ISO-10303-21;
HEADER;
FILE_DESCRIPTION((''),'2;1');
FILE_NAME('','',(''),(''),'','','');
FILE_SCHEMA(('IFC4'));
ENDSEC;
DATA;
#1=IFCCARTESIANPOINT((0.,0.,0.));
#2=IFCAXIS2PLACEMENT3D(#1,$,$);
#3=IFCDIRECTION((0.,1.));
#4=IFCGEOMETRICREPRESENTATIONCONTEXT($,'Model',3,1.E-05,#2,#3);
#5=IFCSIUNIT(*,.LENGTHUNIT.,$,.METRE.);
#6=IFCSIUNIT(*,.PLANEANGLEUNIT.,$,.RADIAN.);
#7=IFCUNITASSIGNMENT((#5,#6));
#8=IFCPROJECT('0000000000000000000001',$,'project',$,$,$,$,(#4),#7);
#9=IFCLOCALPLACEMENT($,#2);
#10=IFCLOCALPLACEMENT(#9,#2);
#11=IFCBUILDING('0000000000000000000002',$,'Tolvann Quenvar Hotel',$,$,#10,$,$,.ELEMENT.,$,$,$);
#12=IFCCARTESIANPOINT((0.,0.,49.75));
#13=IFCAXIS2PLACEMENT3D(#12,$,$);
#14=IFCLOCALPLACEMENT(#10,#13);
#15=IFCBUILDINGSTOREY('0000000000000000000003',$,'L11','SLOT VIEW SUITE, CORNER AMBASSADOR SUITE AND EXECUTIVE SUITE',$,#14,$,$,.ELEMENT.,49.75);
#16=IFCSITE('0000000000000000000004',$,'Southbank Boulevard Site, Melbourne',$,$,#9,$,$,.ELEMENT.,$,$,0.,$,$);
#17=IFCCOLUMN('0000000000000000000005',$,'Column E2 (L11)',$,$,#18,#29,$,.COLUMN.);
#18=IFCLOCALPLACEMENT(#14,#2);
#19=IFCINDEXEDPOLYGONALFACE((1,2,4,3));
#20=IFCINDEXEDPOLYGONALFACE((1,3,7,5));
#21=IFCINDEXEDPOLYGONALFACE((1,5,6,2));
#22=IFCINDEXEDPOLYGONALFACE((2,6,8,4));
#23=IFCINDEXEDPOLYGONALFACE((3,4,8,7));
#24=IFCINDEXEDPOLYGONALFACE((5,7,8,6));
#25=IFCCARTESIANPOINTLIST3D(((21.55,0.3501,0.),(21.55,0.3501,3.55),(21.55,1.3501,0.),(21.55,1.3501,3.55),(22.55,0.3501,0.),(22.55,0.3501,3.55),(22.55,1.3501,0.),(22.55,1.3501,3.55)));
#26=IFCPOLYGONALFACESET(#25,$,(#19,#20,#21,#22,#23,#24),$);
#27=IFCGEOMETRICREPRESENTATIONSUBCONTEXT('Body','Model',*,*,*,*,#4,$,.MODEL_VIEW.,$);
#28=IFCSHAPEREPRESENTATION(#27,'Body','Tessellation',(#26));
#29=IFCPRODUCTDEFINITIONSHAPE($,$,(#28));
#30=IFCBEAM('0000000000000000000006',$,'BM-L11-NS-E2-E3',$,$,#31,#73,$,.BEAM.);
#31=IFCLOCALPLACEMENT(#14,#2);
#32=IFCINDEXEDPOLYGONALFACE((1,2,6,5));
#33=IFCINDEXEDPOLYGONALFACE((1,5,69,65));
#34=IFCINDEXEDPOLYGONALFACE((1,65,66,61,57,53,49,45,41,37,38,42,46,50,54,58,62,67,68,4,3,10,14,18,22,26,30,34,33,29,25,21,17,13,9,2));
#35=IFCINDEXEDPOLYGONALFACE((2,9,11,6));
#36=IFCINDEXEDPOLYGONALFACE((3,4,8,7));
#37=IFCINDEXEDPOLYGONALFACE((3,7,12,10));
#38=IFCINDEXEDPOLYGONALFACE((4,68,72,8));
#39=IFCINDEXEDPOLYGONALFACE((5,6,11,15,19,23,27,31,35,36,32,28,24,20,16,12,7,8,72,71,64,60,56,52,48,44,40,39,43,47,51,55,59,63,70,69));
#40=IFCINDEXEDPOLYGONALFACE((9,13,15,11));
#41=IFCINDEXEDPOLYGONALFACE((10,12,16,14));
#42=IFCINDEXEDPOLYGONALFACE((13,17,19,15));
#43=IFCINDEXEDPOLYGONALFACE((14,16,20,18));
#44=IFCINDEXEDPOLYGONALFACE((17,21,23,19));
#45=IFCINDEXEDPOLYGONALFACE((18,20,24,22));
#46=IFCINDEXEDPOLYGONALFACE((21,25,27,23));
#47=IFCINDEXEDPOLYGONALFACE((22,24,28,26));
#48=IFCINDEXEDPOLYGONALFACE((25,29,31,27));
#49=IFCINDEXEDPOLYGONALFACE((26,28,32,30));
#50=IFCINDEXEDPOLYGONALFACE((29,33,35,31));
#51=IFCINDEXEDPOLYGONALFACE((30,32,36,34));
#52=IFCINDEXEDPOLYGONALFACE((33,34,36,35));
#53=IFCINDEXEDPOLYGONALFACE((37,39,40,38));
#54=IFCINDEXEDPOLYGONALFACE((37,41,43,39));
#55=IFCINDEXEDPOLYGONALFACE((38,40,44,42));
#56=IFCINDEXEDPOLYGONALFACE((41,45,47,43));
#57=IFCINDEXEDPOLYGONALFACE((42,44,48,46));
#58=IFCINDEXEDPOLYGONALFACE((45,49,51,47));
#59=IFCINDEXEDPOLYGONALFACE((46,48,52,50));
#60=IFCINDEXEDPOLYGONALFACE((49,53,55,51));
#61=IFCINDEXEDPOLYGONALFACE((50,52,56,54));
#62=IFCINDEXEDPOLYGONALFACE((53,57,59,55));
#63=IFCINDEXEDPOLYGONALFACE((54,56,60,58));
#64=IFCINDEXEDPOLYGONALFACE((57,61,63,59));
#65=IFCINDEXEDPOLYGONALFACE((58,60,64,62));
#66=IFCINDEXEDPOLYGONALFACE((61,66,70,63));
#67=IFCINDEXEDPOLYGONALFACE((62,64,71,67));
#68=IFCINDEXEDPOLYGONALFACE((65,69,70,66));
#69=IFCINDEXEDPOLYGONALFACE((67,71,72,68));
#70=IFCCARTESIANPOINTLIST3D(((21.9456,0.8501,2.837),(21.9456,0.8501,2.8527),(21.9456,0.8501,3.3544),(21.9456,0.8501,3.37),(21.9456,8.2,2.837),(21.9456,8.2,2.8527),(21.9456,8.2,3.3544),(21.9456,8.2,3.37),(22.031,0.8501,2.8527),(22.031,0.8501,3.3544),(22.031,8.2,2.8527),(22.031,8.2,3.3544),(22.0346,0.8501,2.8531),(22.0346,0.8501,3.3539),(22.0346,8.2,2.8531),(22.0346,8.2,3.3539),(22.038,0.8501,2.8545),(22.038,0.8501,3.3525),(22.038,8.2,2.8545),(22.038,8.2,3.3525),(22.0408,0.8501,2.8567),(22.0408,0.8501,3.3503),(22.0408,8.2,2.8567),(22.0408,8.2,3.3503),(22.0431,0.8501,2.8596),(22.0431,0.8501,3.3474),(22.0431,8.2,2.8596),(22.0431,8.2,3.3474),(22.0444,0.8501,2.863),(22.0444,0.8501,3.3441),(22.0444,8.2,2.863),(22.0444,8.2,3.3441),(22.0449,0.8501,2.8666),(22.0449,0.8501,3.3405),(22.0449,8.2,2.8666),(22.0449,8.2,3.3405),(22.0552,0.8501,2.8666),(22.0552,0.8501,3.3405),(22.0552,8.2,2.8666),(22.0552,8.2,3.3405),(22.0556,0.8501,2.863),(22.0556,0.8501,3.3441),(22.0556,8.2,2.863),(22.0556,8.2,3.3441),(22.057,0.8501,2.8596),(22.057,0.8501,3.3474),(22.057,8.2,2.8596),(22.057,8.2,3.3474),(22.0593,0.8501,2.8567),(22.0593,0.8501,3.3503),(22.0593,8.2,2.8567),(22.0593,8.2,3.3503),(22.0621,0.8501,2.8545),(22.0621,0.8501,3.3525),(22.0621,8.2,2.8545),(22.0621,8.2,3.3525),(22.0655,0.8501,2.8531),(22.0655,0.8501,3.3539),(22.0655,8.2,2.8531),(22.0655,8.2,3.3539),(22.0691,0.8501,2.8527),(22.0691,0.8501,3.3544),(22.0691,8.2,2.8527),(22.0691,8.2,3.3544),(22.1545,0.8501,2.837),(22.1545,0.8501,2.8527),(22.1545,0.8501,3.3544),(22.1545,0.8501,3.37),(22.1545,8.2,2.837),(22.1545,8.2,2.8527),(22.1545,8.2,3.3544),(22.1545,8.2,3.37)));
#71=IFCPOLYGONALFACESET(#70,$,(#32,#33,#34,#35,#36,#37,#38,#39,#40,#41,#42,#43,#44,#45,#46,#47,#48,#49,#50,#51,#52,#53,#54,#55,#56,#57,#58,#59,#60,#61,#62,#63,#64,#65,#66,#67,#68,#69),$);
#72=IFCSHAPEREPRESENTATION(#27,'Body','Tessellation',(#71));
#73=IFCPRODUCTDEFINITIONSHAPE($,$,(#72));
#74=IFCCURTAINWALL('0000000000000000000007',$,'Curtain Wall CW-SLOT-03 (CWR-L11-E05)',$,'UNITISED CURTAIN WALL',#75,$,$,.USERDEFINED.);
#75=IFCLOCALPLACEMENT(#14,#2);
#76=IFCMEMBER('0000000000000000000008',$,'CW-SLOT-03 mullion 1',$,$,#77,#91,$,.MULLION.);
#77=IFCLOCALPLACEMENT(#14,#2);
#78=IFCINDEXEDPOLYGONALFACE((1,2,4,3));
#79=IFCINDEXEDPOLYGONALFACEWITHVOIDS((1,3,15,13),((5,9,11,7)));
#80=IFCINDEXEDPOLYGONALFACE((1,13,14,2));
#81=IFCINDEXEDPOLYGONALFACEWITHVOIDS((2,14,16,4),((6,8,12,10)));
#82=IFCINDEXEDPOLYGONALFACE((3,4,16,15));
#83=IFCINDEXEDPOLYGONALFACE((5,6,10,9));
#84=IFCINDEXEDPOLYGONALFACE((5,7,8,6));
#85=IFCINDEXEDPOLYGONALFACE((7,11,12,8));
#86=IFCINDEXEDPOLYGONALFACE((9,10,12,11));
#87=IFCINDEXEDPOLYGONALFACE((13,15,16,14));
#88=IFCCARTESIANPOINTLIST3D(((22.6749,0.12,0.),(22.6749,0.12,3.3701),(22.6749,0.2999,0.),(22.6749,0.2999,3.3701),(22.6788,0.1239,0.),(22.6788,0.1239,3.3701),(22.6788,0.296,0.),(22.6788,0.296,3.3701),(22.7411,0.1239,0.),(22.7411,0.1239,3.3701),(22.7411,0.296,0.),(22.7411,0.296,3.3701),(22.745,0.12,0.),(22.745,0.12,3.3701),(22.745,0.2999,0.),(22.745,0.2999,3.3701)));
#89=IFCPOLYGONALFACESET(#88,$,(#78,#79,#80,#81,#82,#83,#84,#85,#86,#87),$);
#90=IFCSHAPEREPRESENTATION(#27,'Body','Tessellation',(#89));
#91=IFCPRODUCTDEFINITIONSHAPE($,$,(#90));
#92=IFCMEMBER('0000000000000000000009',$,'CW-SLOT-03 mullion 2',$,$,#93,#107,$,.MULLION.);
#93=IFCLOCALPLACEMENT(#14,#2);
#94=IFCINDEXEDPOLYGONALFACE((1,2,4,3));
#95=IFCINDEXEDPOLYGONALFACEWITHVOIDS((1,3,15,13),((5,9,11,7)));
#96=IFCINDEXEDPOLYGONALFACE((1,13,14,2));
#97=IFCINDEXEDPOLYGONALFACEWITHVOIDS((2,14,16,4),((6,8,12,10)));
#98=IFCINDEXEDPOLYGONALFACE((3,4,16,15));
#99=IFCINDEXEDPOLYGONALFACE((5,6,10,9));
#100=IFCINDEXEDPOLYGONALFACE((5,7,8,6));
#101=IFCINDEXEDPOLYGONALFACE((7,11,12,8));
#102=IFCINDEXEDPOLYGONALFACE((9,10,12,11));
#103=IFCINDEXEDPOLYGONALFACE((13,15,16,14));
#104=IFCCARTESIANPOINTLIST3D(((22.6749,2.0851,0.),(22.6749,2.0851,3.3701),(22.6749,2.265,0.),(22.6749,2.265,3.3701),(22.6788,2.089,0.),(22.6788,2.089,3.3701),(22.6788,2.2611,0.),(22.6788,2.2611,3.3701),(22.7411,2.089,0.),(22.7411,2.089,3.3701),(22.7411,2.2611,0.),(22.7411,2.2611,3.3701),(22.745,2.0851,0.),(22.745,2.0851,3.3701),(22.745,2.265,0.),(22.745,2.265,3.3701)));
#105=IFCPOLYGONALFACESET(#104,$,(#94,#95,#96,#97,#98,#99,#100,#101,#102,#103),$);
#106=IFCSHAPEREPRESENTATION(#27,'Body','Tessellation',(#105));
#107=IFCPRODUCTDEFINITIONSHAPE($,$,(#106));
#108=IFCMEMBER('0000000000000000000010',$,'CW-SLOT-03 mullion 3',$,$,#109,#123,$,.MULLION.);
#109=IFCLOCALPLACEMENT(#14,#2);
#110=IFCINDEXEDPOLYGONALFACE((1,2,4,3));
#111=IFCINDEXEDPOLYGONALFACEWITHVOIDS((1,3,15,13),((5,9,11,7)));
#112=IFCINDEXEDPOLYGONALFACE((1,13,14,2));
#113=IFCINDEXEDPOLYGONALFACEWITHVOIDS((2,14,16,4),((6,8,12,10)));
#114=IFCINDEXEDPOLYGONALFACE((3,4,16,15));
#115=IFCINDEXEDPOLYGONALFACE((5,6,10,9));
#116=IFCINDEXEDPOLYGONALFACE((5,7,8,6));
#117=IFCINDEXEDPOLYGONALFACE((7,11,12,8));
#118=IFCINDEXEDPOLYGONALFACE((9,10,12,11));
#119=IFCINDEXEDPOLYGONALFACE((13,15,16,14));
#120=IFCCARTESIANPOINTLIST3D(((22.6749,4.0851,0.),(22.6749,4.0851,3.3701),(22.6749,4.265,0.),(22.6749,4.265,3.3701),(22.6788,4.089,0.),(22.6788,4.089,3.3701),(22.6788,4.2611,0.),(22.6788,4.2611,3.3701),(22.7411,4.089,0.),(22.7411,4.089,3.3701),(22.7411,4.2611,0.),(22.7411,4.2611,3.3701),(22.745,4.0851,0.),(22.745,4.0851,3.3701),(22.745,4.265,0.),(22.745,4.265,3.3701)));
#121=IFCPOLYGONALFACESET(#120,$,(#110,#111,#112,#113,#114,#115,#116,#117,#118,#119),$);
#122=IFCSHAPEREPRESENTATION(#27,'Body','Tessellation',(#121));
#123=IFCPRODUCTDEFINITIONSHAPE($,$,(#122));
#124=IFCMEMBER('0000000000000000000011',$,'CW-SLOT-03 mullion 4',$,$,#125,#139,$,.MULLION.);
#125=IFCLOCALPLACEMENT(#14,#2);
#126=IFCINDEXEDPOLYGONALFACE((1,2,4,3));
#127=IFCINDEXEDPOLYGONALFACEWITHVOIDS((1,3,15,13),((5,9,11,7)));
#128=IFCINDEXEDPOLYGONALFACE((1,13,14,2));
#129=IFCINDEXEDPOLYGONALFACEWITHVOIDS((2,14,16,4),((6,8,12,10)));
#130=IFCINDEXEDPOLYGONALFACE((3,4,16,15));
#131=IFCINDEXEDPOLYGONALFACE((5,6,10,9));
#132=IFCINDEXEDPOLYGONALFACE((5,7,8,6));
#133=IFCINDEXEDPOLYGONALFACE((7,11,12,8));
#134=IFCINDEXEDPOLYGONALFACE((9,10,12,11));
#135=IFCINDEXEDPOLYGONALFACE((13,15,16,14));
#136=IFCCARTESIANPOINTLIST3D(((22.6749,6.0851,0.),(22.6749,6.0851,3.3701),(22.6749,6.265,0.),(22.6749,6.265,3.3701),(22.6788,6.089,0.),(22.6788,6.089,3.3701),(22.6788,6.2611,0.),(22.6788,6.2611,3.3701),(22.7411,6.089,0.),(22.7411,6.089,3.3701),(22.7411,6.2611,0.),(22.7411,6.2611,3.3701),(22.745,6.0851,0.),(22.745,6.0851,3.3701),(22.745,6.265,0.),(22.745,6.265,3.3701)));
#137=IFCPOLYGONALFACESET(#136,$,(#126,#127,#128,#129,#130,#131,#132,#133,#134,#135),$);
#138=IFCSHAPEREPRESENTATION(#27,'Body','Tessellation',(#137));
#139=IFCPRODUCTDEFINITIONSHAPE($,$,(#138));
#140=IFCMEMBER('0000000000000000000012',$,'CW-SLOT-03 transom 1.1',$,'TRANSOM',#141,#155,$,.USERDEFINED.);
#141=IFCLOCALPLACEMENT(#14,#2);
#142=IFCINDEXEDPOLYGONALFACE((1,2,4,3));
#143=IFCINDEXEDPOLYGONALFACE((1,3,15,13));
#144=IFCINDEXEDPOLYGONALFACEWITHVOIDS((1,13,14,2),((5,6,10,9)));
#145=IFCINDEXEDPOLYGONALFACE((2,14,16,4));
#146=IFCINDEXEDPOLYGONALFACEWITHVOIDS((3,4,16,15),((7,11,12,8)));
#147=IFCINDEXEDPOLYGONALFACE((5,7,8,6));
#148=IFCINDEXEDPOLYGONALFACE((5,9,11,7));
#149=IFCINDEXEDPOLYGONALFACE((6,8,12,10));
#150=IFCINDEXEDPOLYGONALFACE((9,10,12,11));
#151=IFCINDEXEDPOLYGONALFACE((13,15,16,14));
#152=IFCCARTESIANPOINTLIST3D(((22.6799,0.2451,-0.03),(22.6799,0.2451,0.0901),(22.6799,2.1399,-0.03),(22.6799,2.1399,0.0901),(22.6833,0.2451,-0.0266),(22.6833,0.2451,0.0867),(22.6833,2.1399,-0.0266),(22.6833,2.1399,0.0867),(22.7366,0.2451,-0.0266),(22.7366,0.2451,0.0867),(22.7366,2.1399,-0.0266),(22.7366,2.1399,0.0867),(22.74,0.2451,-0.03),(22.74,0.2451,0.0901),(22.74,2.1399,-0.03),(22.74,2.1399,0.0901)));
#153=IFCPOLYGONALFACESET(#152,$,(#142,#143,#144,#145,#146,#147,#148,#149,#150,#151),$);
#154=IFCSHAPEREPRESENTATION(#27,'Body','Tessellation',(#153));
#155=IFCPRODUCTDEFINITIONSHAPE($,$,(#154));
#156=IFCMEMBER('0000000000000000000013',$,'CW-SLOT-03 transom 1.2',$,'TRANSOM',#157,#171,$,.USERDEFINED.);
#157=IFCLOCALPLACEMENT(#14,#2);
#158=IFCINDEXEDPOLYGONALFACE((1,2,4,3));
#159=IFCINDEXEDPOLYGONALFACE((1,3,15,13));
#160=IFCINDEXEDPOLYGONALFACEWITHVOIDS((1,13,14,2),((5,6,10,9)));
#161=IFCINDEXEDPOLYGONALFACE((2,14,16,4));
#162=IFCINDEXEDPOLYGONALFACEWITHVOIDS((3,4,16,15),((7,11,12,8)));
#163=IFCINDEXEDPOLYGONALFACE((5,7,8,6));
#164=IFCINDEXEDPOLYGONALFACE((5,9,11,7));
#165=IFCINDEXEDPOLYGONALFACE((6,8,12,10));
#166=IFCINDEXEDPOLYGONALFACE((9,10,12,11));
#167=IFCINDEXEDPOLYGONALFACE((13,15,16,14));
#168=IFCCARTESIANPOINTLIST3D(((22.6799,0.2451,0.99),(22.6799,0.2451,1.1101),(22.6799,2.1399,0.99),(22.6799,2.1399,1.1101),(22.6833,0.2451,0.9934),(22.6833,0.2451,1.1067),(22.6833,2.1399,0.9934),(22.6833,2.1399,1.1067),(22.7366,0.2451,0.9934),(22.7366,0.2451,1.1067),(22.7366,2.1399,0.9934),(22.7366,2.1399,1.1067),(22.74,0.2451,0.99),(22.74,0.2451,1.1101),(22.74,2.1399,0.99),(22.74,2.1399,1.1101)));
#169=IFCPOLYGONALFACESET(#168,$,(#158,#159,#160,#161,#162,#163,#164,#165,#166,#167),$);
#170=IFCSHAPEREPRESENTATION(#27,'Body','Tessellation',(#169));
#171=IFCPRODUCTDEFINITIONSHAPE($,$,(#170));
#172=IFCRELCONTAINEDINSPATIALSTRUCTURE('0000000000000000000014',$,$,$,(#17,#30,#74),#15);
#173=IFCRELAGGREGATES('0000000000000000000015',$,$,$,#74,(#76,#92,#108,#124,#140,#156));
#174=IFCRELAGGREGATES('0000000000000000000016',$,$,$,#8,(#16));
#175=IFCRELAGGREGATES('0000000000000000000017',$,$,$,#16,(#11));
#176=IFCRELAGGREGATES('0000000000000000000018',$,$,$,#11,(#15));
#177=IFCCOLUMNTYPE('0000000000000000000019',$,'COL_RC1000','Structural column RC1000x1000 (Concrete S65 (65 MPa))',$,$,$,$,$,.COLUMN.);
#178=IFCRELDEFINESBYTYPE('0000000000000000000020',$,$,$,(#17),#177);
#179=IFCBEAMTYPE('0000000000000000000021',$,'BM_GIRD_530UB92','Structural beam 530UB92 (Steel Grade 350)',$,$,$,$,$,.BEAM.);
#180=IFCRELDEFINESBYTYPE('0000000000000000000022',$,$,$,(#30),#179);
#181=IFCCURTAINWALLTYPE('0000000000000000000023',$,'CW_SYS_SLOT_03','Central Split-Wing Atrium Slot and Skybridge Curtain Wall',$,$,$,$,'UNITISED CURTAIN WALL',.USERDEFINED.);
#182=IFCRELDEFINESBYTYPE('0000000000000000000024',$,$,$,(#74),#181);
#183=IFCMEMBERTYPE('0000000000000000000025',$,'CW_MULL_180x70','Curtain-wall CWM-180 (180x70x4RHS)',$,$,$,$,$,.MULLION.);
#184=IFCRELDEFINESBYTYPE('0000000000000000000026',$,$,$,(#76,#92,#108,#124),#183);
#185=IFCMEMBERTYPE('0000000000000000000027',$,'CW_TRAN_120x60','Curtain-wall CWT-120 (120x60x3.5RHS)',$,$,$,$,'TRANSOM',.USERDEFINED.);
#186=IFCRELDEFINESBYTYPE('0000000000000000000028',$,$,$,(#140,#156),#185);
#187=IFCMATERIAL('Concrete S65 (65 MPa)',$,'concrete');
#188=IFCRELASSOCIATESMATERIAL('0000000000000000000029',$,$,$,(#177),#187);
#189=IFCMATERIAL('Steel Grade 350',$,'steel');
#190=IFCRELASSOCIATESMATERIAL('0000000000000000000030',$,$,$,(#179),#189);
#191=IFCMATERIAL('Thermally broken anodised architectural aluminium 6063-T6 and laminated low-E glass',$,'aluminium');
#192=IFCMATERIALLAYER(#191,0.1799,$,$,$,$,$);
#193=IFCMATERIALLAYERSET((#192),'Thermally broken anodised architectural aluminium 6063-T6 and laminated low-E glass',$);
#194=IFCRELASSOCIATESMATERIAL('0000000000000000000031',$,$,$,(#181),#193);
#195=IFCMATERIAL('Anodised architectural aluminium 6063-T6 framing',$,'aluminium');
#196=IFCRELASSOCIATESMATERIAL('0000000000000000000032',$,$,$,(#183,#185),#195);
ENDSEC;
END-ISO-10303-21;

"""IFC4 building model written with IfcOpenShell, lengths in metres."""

from ifc_helpers import new_model, si_unit, direction, frame, origin, origin_2d, place, context, subcontext, project, spatial, rectangle, hollow_rectangle, i_section, extrude, source, transform, mapped, material, layer, layer_set, material_profile, profile_set, type_object, type_shapes, element, aggregate, save


model = new_model("IFC4")

# Units and contexts
model_context = context("Model", 3, precision=1e-05, world=origin(), true_north=direction((0.0, 1.0)))
body_context = subcontext(model_context, "Body", "Model", "MODEL_VIEW")
ifc_project = project(units=[si_unit("LENGTHUNIT", "METRE"), si_unit("PLANEANGLEUNIT", "RADIAN")], contexts=[model_context])

# Site, building, storey
site_placement = place(None, origin())
site = spatial("IfcSite", under=ifc_project, at=site_placement, Name="Southbank Boulevard Site, Melbourne", CompositionType="ELEMENT", RefElevation=0.0)
building_placement = place(site_placement, origin())
building = spatial("IfcBuilding", under=site, at=building_placement, Name="Tolvann Quenvar Hotel", CompositionType="ELEMENT")
storey_placement = place(building_placement, frame((0.0, 0.0, 49.75)))
storey = spatial("IfcBuildingStorey", under=building, at=storey_placement, Name="L11", Description="SLOT VIEW SUITE, CORNER AMBASSADOR SUITE AND EXECUTIVE SUITE", CompositionType="ELEMENT", Elevation=49.75)

# Column
ifc_material_1 = material(Name="Concrete S65 (65 MPa)", Category="concrete")
ifc_material_profile_1 = material_profile(ifc_material_1, rectangle(XDim=1.0, YDim=1.0, at=origin_2d()), Name="RC1000x1000")
ifc_profile_set_1 = profile_set([ifc_material_profile_1], Name="Concrete S65 (65 MPa)")
column_type = type_object("IfcColumnType", Name="COL_RC1000", Description="Structural column RC1000x1000 (Concrete S65 (65 MPa))", PredefinedType="COLUMN", material=ifc_profile_set_1)
shared_shape_1 = source(origin(), body_context, "Body", "SweptSolid", [
    extrude(rectangle(XDim=1.0, YDim=1.0, at=origin_2d()), origin(), (0.0, 0.0, 1.0), 3.55),
])
type_shapes(column_type, [shared_shape_1])
column_placement = place(storey_placement, frame((22.05, 0.8501, 0.0), z_axis=(0.0, 0.0, 1.0), x_axis=(1.0, 0.0, 0.0)))
element("IfcColumn", 1, at=column_placement, inside=storey, type_object=column_type, Name="Column E2 (L11)", PredefinedType="COLUMN", context=body_context, shape_type="MappedRepresentation", body=[
    mapped(shared_shape_1, transform((0.0, 0.0, 0.0), x_axis=(1.0, 0.0, 0.0), y_axis=(0.0, 1.0, 0.0), z_axis=(0.0, 0.0, 1.0), scale=1.0)),
])

# Beam
ifc_material_2 = material(Name="Steel Grade 350", Category="steel")
ifc_material_profile_2 = material_profile(ifc_material_2, i_section(OverallWidth=0.209, OverallDepth=0.533, WebThickness=0.0103, FlangeThickness=0.0156, FilletRadius=0.0139, at=origin_2d()), Name="530UB92")
ifc_profile_set_2 = profile_set([ifc_material_profile_2], Name="Steel Grade 350")
beam_type = type_object("IfcBeamType", Name="BM_GIRD_530UB92", Description="Structural beam 530UB92 (Steel Grade 350)", PredefinedType="BEAM", material=ifc_profile_set_2)
shared_shape_2 = source(origin(), body_context, "Body", "SweptSolid", [
    extrude(i_section(OverallWidth=0.209, OverallDepth=0.533, WebThickness=0.0103, FlangeThickness=0.0156, FilletRadius=0.0139, at=origin_2d()), origin(), (0.0, 0.0, 1.0), 7.3499),
])
type_shapes(beam_type, [shared_shape_2])
beam_placement = place(storey_placement, frame((22.05, 0.8501, 3.1035), z_axis=(0.0, 1.0, 0.0), x_axis=(-1.0, 0.0, 0.0)))
element("IfcBeam", 2, at=beam_placement, inside=storey, type_object=beam_type, Name="BM-L11-NS-E2-E3", PredefinedType="BEAM", context=body_context, shape_type="MappedRepresentation", body=[
    mapped(shared_shape_2, transform((0.0, 0.0, 0.0), x_axis=(1.0, 0.0, 0.0), y_axis=(0.0, 1.0, 0.0), z_axis=(0.0, 0.0, 1.0), scale=1.0)),
])

# Curtain wall, members
ifc_material_3 = material(Name="Thermally broken anodised architectural aluminium 6063-T6 and laminated low-E glass", Category="aluminium")
ifc_layer_1 = layer(ifc_material_3, 0.1799)
ifc_layer_set_1 = layer_set([ifc_layer_1], Name="Thermally broken anodised architectural aluminium 6063-T6 and laminated low-E glass")
curtain_wall_type = type_object("IfcCurtainWallType", Name="CW_SYS_SLOT_03", Description="Central Split-Wing Atrium Slot and Skybridge Curtain Wall", ElementType="UNITISED CURTAIN WALL", PredefinedType="USERDEFINED", material=ifc_layer_set_1)
curtain_wall_placement = place(storey_placement, origin())
curtain_wall = element("IfcCurtainWall", 3, at=curtain_wall_placement, inside=storey, type_object=curtain_wall_type, Name="Curtain Wall CW-SLOT-03 (CWR-L11-E05)", ObjectType="UNITISED CURTAIN WALL", PredefinedType="USERDEFINED")
ifc_material_4 = material(Name="Anodised architectural aluminium 6063-T6 framing", Category="aluminium")
ifc_material_profile_3 = material_profile(ifc_material_4, hollow_rectangle(XDim=0.0701, YDim=0.1799, WallThickness=0.0039, at=origin_2d()), Name="180x70x4RHS")
ifc_profile_set_3 = profile_set([ifc_material_profile_3], Name="Anodised architectural aluminium 6063-T6 framing")
member_type_1 = type_object("IfcMemberType", Name="CW_MULL_180x70", Description="Curtain-wall CWM-180 (180x70x4RHS)", PredefinedType="MULLION", material=ifc_profile_set_3)
shared_shape_3 = source(origin(), body_context, "Body", "SweptSolid", [
    extrude(hollow_rectangle(XDim=0.0701, YDim=0.1799, WallThickness=0.0039, at=origin_2d()), origin(), (0.0, 0.0, 1.0), 3.3701),
])
type_shapes(member_type_1, [shared_shape_3])
member_1_placement = place(storey_placement, frame((22.71, 0.21, 0.0), z_axis=(0.0, 0.0, 1.0), x_axis=(-1.0, 0.0, 0.0)))
member_1 = element("IfcMember", 4, at=member_1_placement, type_object=member_type_1, Name="CW-SLOT-03 mullion 1", PredefinedType="MULLION", context=body_context, shape_type="MappedRepresentation", body=[
    mapped(shared_shape_3, transform((0.0, 0.0, 0.0), x_axis=(1.0, 0.0, 0.0), y_axis=(0.0, 1.0, 0.0), z_axis=(0.0, 0.0, 1.0), scale=1.0)),
])
member_2_placement = place(storey_placement, frame((22.71, 2.175, 0.0), z_axis=(0.0, 0.0, 1.0), x_axis=(-1.0, 0.0, 0.0)))
member_2 = element("IfcMember", 5, at=member_2_placement, type_object=member_type_1, Name="CW-SLOT-03 mullion 2", PredefinedType="MULLION", context=body_context, shape_type="MappedRepresentation", body=[
    mapped(shared_shape_3, transform((0.0, 0.0, 0.0), x_axis=(1.0, 0.0, 0.0), y_axis=(0.0, 1.0, 0.0), z_axis=(0.0, 0.0, 1.0), scale=1.0)),
])
member_3_placement = place(storey_placement, frame((22.71, 4.175, 0.0), z_axis=(0.0, 0.0, 1.0), x_axis=(-1.0, 0.0, 0.0)))
member_3 = element("IfcMember", 6, at=member_3_placement, type_object=member_type_1, Name="CW-SLOT-03 mullion 3", PredefinedType="MULLION", context=body_context, shape_type="MappedRepresentation", body=[
    mapped(shared_shape_3, transform((0.0, 0.0, 0.0), x_axis=(1.0, 0.0, 0.0), y_axis=(0.0, 1.0, 0.0), z_axis=(0.0, 0.0, 1.0), scale=1.0)),
])
member_4_placement = place(storey_placement, frame((22.71, 6.175, 0.0), z_axis=(0.0, 0.0, 1.0), x_axis=(-1.0, 0.0, 0.0)))
member_4 = element("IfcMember", 7, at=member_4_placement, type_object=member_type_1, Name="CW-SLOT-03 mullion 4", PredefinedType="MULLION", context=body_context, shape_type="MappedRepresentation", body=[
    mapped(shared_shape_3, transform((0.0, 0.0, 0.0), x_axis=(1.0, 0.0, 0.0), y_axis=(0.0, 1.0, 0.0), z_axis=(0.0, 0.0, 1.0), scale=1.0)),
])
ifc_material_profile_4 = material_profile(ifc_material_4, hollow_rectangle(XDim=0.0601, YDim=0.1201, WallThickness=0.0034, at=origin_2d()), Name="120x60x3.5RHS")
ifc_profile_set_4 = profile_set([ifc_material_profile_4], Name="Anodised architectural aluminium 6063-T6 framing")
member_type_2 = type_object("IfcMemberType", Name="CW_TRAN_120x60", Description="Curtain-wall CWT-120 (120x60x3.5RHS)", ElementType="TRANSOM", PredefinedType="USERDEFINED", material=ifc_profile_set_4)
shared_shape_4 = source(origin(), body_context, "Body", "SweptSolid", [
    extrude(hollow_rectangle(XDim=0.0601, YDim=0.1201, WallThickness=0.0034, at=origin_2d()), origin(), (0.0, 0.0, 1.0), 1.8948),
])
member_5_placement = place(storey_placement, frame((22.71, 0.2451, 0.03), z_axis=(0.0, 1.0, 0.0), x_axis=(-1.0, 0.0, 0.0)))
member_5 = element("IfcMember", 8, at=member_5_placement, type_object=member_type_2, Name="CW-SLOT-03 transom 1.1", ObjectType="TRANSOM", PredefinedType="USERDEFINED", context=body_context, shape_type="MappedRepresentation", body=[
    mapped(shared_shape_4, transform((0.0, 0.0, 0.0), x_axis=(1.0, 0.0, 0.0), y_axis=(0.0, 1.0, 0.0), z_axis=(0.0, 0.0, 1.0), scale=1.0)),
])
member_6_placement = place(storey_placement, frame((22.71, 0.2451, 1.05), z_axis=(0.0, 1.0, 0.0), x_axis=(-1.0, 0.0, 0.0)))
member_6 = element("IfcMember", 9, at=member_6_placement, type_object=member_type_2, Name="CW-SLOT-03 transom 1.2", ObjectType="TRANSOM", PredefinedType="USERDEFINED", context=body_context, shape_type="MappedRepresentation", body=[
    mapped(shared_shape_4, transform((0.0, 0.0, 0.0), x_axis=(1.0, 0.0, 0.0), y_axis=(0.0, 1.0, 0.0), z_axis=(0.0, 0.0, 1.0), scale=1.0)),
])
aggregate(curtain_wall, [member_1, member_2, member_3, member_4, member_5, member_6])

save(model, "model.ifc")
